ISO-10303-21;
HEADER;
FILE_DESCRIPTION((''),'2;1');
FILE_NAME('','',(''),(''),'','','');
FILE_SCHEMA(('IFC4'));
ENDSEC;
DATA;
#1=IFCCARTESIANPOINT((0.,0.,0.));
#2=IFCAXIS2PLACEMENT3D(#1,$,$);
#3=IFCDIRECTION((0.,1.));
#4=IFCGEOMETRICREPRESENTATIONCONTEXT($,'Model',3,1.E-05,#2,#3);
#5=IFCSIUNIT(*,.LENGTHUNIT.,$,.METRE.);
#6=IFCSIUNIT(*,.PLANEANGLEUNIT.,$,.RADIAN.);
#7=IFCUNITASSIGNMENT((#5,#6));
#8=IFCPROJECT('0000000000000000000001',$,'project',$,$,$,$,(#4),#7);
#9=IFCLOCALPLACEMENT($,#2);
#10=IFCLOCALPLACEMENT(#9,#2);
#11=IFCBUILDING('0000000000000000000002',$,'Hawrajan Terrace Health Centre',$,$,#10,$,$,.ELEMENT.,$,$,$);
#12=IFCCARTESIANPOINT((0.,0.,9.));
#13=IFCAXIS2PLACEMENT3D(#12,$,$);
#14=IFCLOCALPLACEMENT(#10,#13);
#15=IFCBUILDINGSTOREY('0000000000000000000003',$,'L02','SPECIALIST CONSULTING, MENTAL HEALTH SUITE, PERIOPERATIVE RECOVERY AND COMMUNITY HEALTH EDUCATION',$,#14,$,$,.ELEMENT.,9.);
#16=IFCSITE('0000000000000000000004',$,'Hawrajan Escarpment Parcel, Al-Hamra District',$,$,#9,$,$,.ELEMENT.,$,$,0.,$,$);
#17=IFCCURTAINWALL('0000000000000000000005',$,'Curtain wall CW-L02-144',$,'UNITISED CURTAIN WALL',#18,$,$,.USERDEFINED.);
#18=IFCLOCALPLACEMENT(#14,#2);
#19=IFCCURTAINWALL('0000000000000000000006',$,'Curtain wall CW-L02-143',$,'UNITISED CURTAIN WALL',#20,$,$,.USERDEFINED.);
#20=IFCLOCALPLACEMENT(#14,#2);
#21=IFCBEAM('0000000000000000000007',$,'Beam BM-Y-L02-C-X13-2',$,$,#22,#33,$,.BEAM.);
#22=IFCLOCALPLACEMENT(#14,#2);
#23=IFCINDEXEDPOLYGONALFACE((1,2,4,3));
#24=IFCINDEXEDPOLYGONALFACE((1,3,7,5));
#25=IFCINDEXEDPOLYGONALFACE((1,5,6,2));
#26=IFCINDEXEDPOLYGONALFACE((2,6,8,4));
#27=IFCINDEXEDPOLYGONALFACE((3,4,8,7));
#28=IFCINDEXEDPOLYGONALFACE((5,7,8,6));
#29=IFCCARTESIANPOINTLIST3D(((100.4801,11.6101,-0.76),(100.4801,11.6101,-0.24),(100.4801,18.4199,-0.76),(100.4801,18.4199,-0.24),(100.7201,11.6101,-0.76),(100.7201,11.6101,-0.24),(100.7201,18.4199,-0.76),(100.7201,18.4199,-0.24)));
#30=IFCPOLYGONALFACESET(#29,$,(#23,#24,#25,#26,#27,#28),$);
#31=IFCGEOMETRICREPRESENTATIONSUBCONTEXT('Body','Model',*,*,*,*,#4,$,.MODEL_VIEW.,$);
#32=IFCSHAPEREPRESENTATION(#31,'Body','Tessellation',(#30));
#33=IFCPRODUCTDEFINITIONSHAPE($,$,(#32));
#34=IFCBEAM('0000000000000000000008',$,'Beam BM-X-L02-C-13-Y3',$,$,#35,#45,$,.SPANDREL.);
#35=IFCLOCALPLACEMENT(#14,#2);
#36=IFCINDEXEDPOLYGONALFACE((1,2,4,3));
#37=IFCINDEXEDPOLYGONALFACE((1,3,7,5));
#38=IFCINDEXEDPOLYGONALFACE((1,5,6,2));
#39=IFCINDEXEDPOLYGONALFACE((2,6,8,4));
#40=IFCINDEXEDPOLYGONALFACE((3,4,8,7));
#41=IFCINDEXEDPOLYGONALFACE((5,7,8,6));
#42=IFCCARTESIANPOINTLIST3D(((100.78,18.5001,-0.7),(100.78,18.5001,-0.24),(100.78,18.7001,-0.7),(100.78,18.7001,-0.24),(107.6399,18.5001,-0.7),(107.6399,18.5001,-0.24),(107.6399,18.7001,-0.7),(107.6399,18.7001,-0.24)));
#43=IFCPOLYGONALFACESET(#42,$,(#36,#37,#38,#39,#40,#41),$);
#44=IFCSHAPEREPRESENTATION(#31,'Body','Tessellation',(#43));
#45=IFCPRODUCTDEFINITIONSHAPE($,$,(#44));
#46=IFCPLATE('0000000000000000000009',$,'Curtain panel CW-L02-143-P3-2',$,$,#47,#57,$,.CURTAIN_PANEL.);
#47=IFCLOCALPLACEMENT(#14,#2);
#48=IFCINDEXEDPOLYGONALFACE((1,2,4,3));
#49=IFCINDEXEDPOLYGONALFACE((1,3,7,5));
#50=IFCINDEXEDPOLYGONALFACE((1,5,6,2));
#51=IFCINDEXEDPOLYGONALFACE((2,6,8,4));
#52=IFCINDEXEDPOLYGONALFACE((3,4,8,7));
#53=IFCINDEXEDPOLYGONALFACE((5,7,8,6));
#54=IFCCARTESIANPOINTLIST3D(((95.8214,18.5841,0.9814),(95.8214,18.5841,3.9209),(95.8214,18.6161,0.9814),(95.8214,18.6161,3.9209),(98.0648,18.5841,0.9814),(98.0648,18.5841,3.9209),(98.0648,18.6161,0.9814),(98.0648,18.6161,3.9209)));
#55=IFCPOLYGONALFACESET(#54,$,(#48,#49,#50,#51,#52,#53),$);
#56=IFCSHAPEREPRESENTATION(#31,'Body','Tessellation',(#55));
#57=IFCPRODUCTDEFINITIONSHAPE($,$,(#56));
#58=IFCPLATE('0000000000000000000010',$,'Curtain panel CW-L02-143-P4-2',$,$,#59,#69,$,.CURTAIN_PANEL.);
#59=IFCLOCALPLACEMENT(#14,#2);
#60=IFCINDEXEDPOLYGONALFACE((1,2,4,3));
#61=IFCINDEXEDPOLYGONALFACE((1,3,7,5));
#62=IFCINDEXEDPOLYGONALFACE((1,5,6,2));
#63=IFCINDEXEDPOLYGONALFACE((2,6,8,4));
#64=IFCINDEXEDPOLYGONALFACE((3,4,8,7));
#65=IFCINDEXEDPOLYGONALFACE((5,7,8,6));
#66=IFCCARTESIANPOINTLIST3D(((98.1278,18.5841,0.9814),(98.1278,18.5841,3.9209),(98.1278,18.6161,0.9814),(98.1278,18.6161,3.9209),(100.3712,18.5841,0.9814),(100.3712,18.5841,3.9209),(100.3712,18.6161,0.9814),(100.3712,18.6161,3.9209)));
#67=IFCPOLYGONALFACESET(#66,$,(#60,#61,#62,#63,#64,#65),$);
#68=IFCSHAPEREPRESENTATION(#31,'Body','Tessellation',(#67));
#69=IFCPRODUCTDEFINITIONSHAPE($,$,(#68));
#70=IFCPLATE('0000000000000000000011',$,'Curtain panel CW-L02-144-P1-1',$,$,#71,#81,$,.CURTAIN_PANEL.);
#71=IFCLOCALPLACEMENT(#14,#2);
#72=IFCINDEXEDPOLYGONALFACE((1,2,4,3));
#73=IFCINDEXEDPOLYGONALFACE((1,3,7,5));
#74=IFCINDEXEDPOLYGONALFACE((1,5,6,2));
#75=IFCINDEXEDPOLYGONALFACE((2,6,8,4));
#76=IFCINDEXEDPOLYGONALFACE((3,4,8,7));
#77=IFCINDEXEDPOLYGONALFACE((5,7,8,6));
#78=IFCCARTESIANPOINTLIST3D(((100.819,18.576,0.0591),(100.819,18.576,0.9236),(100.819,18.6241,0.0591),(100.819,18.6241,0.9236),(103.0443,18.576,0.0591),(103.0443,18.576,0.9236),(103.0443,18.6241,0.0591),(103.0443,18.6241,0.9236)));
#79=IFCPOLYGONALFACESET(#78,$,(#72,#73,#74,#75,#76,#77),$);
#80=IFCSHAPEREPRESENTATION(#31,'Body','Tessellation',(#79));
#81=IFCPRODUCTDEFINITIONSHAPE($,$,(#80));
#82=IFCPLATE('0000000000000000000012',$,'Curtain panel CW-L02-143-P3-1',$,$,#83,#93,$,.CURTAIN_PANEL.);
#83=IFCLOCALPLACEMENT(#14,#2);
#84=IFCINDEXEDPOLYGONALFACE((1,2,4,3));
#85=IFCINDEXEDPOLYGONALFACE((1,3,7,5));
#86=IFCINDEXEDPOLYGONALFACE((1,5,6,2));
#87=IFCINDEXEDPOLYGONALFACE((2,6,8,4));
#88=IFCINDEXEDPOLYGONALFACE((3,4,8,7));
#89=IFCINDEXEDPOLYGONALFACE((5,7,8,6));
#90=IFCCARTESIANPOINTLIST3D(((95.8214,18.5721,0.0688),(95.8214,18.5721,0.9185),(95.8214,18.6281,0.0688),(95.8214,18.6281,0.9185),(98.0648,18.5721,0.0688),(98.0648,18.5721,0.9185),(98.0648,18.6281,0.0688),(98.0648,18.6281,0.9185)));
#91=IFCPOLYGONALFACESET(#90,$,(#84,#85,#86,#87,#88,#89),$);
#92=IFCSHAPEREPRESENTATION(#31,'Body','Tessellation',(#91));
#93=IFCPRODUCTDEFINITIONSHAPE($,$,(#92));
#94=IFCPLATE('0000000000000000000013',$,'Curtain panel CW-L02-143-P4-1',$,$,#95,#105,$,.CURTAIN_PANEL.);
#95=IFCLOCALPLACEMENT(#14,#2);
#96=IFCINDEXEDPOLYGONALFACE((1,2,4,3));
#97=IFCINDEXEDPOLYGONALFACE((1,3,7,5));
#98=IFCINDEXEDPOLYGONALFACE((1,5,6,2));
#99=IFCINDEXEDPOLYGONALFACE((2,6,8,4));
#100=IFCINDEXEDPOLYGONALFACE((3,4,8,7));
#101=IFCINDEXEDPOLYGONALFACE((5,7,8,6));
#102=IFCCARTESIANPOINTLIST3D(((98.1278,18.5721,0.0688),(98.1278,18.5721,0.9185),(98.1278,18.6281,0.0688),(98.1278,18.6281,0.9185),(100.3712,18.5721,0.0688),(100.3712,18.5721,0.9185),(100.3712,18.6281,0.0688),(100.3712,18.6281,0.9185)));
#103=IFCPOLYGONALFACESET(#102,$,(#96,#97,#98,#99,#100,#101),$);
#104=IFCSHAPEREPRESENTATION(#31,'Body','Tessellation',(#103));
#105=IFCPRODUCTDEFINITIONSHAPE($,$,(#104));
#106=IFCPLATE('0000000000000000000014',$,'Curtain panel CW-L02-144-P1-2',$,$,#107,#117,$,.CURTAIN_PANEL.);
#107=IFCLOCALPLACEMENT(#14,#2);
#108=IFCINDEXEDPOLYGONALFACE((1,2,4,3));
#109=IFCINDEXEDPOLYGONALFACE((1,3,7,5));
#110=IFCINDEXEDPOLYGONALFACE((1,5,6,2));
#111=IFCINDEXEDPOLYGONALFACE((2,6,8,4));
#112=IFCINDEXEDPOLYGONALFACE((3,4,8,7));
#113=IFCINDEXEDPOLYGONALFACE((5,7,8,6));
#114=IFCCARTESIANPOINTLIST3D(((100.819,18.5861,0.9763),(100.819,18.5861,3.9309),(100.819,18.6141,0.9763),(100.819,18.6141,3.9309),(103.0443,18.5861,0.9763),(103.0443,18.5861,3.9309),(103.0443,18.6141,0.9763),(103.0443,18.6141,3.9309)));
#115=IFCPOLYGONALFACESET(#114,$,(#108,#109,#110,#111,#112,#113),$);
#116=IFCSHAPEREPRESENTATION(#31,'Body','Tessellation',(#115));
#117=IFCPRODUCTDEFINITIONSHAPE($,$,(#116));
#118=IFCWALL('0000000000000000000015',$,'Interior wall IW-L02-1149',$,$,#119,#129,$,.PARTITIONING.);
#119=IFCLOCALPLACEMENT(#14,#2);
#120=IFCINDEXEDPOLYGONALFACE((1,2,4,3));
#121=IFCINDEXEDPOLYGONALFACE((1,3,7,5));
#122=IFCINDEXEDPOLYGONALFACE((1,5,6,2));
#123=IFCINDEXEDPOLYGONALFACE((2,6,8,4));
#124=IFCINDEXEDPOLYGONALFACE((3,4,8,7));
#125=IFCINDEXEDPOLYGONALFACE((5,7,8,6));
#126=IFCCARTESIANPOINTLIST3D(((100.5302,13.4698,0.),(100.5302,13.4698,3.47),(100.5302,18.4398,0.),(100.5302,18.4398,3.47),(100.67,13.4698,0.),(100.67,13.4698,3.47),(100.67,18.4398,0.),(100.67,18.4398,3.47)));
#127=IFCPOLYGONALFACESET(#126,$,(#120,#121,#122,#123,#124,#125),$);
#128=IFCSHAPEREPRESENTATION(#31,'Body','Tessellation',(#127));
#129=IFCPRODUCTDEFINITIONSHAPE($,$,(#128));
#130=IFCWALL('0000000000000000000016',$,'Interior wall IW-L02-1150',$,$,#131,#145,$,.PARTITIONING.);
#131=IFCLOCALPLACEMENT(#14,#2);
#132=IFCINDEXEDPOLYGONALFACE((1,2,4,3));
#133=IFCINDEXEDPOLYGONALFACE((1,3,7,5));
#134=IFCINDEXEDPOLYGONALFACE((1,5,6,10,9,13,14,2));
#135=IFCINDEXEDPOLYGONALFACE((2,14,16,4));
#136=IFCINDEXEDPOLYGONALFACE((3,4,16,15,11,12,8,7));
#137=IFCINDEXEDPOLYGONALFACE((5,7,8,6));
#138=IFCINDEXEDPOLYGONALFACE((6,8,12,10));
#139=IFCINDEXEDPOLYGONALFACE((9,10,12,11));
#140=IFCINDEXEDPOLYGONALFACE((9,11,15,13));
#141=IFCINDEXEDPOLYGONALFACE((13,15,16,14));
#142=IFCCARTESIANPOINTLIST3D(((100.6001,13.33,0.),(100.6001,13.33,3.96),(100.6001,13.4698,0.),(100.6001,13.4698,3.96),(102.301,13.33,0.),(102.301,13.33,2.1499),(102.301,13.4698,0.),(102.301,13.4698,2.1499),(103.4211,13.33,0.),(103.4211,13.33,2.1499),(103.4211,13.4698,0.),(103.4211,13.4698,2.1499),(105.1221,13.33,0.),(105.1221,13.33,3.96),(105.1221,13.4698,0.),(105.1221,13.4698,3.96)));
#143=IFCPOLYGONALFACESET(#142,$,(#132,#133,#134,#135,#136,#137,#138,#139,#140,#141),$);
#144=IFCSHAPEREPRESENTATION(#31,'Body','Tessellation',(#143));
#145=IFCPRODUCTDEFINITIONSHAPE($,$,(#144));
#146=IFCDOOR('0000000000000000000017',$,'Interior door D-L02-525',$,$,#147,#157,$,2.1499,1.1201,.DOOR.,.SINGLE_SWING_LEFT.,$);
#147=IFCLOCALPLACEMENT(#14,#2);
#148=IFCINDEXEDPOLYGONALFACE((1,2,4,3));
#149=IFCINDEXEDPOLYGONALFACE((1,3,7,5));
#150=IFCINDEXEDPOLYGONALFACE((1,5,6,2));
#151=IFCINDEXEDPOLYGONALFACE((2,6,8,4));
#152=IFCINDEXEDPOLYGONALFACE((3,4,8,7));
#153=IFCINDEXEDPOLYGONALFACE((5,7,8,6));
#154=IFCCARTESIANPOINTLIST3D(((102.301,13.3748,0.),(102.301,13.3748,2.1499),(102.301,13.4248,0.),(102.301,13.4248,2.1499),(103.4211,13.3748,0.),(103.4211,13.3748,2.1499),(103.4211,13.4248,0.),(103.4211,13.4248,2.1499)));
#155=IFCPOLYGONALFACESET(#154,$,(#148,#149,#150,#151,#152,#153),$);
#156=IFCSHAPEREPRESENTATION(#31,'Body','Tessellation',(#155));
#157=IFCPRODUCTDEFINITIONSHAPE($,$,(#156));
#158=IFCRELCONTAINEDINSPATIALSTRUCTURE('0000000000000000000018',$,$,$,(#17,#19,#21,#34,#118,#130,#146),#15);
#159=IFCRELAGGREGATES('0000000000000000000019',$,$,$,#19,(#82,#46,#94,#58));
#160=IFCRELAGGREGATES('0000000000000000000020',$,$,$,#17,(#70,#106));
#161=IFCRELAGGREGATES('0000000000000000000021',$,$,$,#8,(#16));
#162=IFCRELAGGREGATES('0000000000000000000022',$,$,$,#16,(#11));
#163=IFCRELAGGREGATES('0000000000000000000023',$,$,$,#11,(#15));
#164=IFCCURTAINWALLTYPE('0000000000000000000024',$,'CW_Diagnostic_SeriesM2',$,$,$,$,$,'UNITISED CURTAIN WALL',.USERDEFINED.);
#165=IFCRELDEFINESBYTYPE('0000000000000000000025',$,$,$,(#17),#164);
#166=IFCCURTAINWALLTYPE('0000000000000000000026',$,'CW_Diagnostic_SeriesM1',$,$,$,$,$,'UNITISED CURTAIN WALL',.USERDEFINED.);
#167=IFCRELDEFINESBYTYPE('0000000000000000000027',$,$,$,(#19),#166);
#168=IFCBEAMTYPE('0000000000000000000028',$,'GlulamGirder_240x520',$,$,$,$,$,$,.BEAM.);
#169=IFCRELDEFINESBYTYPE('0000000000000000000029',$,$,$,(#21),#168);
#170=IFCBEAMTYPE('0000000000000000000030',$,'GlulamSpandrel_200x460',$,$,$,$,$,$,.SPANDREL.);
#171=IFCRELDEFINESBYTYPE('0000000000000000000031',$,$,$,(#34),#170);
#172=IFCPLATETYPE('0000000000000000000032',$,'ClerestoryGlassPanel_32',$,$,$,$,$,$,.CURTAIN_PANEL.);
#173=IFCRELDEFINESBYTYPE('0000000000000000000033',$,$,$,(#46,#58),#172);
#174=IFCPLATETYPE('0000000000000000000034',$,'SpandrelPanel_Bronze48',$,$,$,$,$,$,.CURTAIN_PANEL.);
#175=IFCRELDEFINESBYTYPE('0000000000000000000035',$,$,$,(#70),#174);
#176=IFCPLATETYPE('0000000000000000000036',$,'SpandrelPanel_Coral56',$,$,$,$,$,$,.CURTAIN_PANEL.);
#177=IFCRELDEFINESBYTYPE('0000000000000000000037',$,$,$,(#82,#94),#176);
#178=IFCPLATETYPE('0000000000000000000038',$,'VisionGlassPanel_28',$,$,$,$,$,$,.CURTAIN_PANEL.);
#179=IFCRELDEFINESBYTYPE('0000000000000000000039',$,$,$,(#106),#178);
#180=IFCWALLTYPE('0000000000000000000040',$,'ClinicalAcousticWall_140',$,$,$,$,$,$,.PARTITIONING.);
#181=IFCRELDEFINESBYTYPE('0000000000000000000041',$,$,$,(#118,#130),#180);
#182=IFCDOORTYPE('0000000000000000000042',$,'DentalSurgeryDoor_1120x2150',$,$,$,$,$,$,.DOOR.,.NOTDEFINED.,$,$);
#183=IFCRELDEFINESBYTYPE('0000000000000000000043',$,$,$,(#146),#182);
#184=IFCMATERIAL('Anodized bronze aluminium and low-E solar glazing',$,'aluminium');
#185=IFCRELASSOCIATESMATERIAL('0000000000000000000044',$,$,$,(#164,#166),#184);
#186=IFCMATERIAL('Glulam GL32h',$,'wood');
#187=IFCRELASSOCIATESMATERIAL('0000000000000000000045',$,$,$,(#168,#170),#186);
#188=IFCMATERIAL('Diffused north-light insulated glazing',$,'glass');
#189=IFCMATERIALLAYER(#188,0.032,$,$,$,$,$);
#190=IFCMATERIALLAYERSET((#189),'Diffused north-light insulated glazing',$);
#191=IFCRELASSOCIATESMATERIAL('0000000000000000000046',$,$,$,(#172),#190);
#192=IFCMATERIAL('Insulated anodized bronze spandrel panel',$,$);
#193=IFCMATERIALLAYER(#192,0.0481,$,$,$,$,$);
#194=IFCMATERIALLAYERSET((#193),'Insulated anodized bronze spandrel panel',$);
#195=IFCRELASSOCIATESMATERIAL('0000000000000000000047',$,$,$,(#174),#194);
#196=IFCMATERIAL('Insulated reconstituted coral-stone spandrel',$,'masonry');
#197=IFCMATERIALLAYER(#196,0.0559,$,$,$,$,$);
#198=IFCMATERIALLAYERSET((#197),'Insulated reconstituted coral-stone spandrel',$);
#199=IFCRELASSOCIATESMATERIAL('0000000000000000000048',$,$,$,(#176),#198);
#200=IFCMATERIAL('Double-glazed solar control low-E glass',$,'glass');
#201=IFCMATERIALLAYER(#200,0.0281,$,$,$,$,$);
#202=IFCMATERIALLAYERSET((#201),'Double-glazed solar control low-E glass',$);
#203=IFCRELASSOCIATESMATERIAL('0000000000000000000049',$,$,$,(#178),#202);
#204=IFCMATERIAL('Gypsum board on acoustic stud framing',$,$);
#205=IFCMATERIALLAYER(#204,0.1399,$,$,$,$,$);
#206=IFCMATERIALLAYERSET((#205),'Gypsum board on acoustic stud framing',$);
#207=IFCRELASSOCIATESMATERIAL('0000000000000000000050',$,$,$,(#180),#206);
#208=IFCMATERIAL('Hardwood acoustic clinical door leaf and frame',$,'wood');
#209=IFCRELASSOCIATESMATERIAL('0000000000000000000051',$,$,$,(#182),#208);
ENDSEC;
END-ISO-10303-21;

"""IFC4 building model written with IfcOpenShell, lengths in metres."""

from ifc_helpers import new_model, si_unit, direction, frame, frame_2d, origin, origin_2d, place, context, subcontext, project, spatial, rectangle, extrude, material, layer, layer_set, material_profile, profile_set, type_object, element, fill, aggregate, save


model = new_model("IFC4")

# Units and contexts
model_context = context("Model", 3, precision=1e-05, world=origin(), true_north=direction((0.0, 1.0)))
body_context = subcontext(model_context, "Body", "Model", "MODEL_VIEW")
ifc_project = project(units=[si_unit("LENGTHUNIT", "METRE"), si_unit("PLANEANGLEUNIT", "RADIAN")], contexts=[model_context])

# Site, building, storey
site_placement = place(None, origin())
site = spatial("IfcSite", under=ifc_project, at=site_placement, Name="Hawrajan Escarpment Parcel, Al-Hamra District", CompositionType="ELEMENT", RefElevation=0.0)
building_placement = place(site_placement, origin())
building = spatial("IfcBuilding", under=site, at=building_placement, Name="Hawrajan Terrace Health Centre", CompositionType="ELEMENT")
storey_placement = place(building_placement, frame((0.0, 0.0, 9.0)))
storey = spatial("IfcBuildingStorey", under=building, at=storey_placement, Name="L02", Description="SPECIALIST CONSULTING, MENTAL HEALTH SUITE, PERIOPERATIVE RECOVERY AND COMMUNITY HEALTH EDUCATION", CompositionType="ELEMENT", Elevation=9.0)

# Shared definitions
ifc_material_1 = material(Name="Glulam GL32h", Category="wood")

# Curtain wall
ifc_material_2 = material(Name="Anodized bronze aluminium and low-E solar glazing", Category="aluminium")
curtain_wall_type_1 = type_object("IfcCurtainWallType", Name="CW_Diagnostic_SeriesM2", ElementType="UNITISED CURTAIN WALL", PredefinedType="USERDEFINED", material=ifc_material_2)
curtain_wall_1_placement = place(storey_placement, origin())
curtain_wall_1 = element("IfcCurtainWall", 1, at=curtain_wall_1_placement, inside=storey, type_object=curtain_wall_type_1, Name="Curtain wall CW-L02-144", ObjectType="UNITISED CURTAIN WALL", PredefinedType="USERDEFINED")

# Curtain wall
curtain_wall_type_2 = type_object("IfcCurtainWallType", Name="CW_Diagnostic_SeriesM1", ElementType="UNITISED CURTAIN WALL", PredefinedType="USERDEFINED", material=ifc_material_2)
curtain_wall_2_placement = place(storey_placement, origin())
curtain_wall_2 = element("IfcCurtainWall", 2, at=curtain_wall_2_placement, inside=storey, type_object=curtain_wall_type_2, Name="Curtain wall CW-L02-143", ObjectType="UNITISED CURTAIN WALL", PredefinedType="USERDEFINED")

# Beams
ifc_material_profile_1 = material_profile(ifc_material_1, rectangle(XDim=0.24, YDim=0.52, at=origin_2d()), Name="GL BM 240x520")
ifc_profile_set_1 = profile_set([ifc_material_profile_1], Name="Glulam GL32h")
beam_type_1 = type_object("IfcBeamType", Name="GlulamGirder_240x520", PredefinedType="BEAM", material=ifc_profile_set_1)
beam_1_placement = place(storey_placement, frame((100.6001, 11.6101, -0.5), z_axis=(0.0, 1.0, 0.0), x_axis=(-1.0, 0.0, 0.0)))
element("IfcBeam", 3, at=beam_1_placement, inside=storey, type_object=beam_type_1, Name="Beam BM-Y-L02-C-X13-2", PredefinedType="BEAM", context=body_context, shape_type="SweptSolid", body=[
    extrude(rectangle(XDim=0.24, YDim=0.52, at=origin_2d()), origin(), (0.0, 0.0, 1.0), 6.8098),
])
ifc_material_profile_2 = material_profile(ifc_material_1, rectangle(XDim=0.2, YDim=0.46, at=origin_2d()), Name="GL SP 200x460")
ifc_profile_set_2 = profile_set([ifc_material_profile_2], Name="Glulam GL32h")
beam_type_2 = type_object("IfcBeamType", Name="GlulamSpandrel_200x460", PredefinedType="SPANDREL", material=ifc_profile_set_2)
beam_2_placement = place(storey_placement, frame((100.78, 18.6001, -0.47), z_axis=(1.0, 0.0, 0.0), x_axis=(0.0, 1.0, 0.0)))
element("IfcBeam", 4, at=beam_2_placement, inside=storey, type_object=beam_type_2, Name="Beam BM-X-L02-C-13-Y3", PredefinedType="SPANDREL", context=body_context, shape_type="SweptSolid", body=[
    extrude(rectangle(XDim=0.2, YDim=0.46, at=origin_2d()), origin(), (0.0, 0.0, 1.0), 6.8599),
])

# Plates
ifc_material_3 = material(Name="Diffused north-light insulated glazing", Category="glass")
ifc_layer_1 = layer(ifc_material_3, 0.032)
ifc_layer_set_1 = layer_set([ifc_layer_1], Name="Diffused north-light insulated glazing")
plate_type_1 = type_object("IfcPlateType", Name="ClerestoryGlassPanel_32", PredefinedType="CURTAIN_PANEL", material=ifc_layer_set_1)
plate_1_placement = place(storey_placement, frame((96.9431, 18.6001, 0.9814), z_axis=(0.0, 0.0, 1.0), x_axis=(1.0, 0.0, 0.0)))
plate_1 = element("IfcPlate", 5, at=plate_1_placement, type_object=plate_type_1, Name="Curtain panel CW-L02-143-P3-2", PredefinedType="CURTAIN_PANEL", context=body_context, shape_type="SweptSolid", body=[
    extrude(rectangle(XDim=2.2434, YDim=0.032, at=origin_2d()), origin(), (0.0, 0.0, 1.0), 2.9395),
])
plate_2_placement = place(storey_placement, frame((99.2495, 18.6001, 0.9814), z_axis=(0.0, 0.0, 1.0), x_axis=(1.0, 0.0, 0.0)))
plate_2 = element("IfcPlate", 6, at=plate_2_placement, type_object=plate_type_1, Name="Curtain panel CW-L02-143-P4-2", PredefinedType="CURTAIN_PANEL", context=body_context, shape_type="SweptSolid", body=[
    extrude(rectangle(XDim=2.2434, YDim=0.032, at=origin_2d()), origin(), (0.0, 0.0, 1.0), 2.9395),
])
ifc_material_4 = material(Name="Insulated anodized bronze spandrel panel")
ifc_layer_2 = layer(ifc_material_4, 0.0481)
ifc_layer_set_2 = layer_set([ifc_layer_2], Name="Insulated anodized bronze spandrel panel")
plate_type_2 = type_object("IfcPlateType", Name="SpandrelPanel_Bronze48", PredefinedType="CURTAIN_PANEL", material=ifc_layer_set_2)
plate_3_placement = place(storey_placement, frame((101.9316, 18.6001, 0.0591), z_axis=(0.0, 0.0, 1.0), x_axis=(1.0, 0.0, 0.0)))
plate_3 = element("IfcPlate", 7, at=plate_3_placement, type_object=plate_type_2, Name="Curtain panel CW-L02-144-P1-1", PredefinedType="CURTAIN_PANEL", context=body_context, shape_type="SweptSolid", body=[
    extrude(rectangle(XDim=2.2253, YDim=0.0481, at=origin_2d()), origin(), (0.0, 0.0, 1.0), 0.8645),
])
ifc_material_5 = material(Name="Insulated reconstituted coral-stone spandrel", Category="masonry")
ifc_layer_3 = layer(ifc_material_5, 0.0559)
ifc_layer_set_3 = layer_set([ifc_layer_3], Name="Insulated reconstituted coral-stone spandrel")
plate_type_3 = type_object("IfcPlateType", Name="SpandrelPanel_Coral56", PredefinedType="CURTAIN_PANEL", material=ifc_layer_set_3)
plate_4_placement = place(storey_placement, frame((96.9431, 18.6001, 0.0688), z_axis=(0.0, 0.0, 1.0), x_axis=(1.0, 0.0, 0.0)))
plate_4 = element("IfcPlate", 8, at=plate_4_placement, type_object=plate_type_3, Name="Curtain panel CW-L02-143-P3-1", PredefinedType="CURTAIN_PANEL", context=body_context, shape_type="SweptSolid", body=[
    extrude(rectangle(XDim=2.2434, YDim=0.0559, at=origin_2d()), origin(), (0.0, 0.0, 1.0), 0.8496),
])
plate_5_placement = place(storey_placement, frame((99.2495, 18.6001, 0.0688), z_axis=(0.0, 0.0, 1.0), x_axis=(1.0, 0.0, 0.0)))
plate_5 = element("IfcPlate", 9, at=plate_5_placement, type_object=plate_type_3, Name="Curtain panel CW-L02-143-P4-1", PredefinedType="CURTAIN_PANEL", context=body_context, shape_type="SweptSolid", body=[
    extrude(rectangle(XDim=2.2434, YDim=0.0559, at=origin_2d()), origin(), (0.0, 0.0, 1.0), 0.8496),
])
aggregate(curtain_wall_2, [plate_4, plate_1, plate_5, plate_2])
ifc_material_6 = material(Name="Double-glazed solar control low-E glass", Category="glass")
ifc_layer_4 = layer(ifc_material_6, 0.0281)
ifc_layer_set_4 = layer_set([ifc_layer_4], Name="Double-glazed solar control low-E glass")
plate_type_4 = type_object("IfcPlateType", Name="VisionGlassPanel_28", PredefinedType="CURTAIN_PANEL", material=ifc_layer_set_4)
plate_6_placement = place(storey_placement, frame((101.9316, 18.6001, 0.9763), z_axis=(0.0, 0.0, 1.0), x_axis=(1.0, 0.0, 0.0)))
plate_6 = element("IfcPlate", 10, at=plate_6_placement, type_object=plate_type_4, Name="Curtain panel CW-L02-144-P1-2", PredefinedType="CURTAIN_PANEL", context=body_context, shape_type="SweptSolid", body=[
    extrude(rectangle(XDim=2.2253, YDim=0.0281, at=origin_2d()), origin(), (0.0, 0.0, 1.0), 2.9546),
])
aggregate(curtain_wall_1, [plate_3, plate_6])

# Wall
ifc_material_7 = material(Name="Gypsum board on acoustic stud framing")
ifc_layer_5 = layer(ifc_material_7, 0.1399)
ifc_layer_set_5 = layer_set([ifc_layer_5], Name="Gypsum board on acoustic stud framing")
wall_type = type_object("IfcWallType", Name="ClinicalAcousticWall_140", PredefinedType="PARTITIONING", material=ifc_layer_set_5)
wall_1_placement = place(storey_placement, frame((100.6001, 13.47, 0.0), z_axis=(0.0, 0.0, 1.0), x_axis=(0.0, 1.0, 0.0)))
element("IfcWall", 11, at=wall_1_placement, inside=storey, type_object=wall_type, Name="Interior wall IW-L02-1149", PredefinedType="PARTITIONING", context=body_context, shape_type="SweptSolid", body=[
    extrude(rectangle(XDim=4.97, YDim=0.1399, at=frame_2d((2.4849, 0.0))), origin(), (0.0, 0.0, 1.0), 3.47),
])

# Wall, opening, door
wall_2_placement = place(storey_placement, frame((100.6001, 13.3999, 0.0), z_axis=(0.0, 0.0, 1.0), x_axis=(1.0, 0.0, 0.0)))
wall_2 = element("IfcWall", 12, at=wall_2_placement, inside=storey, type_object=wall_type, Name="Interior wall IW-L02-1150", PredefinedType="PARTITIONING", context=body_context, shape_type="SweptSolid", body=[
    extrude(rectangle(XDim=4.522, YDim=0.1399, at=frame_2d((2.261, 0.0))), origin(), (0.0, 0.0, 1.0), 3.96),
])
opening_placement = place(wall_2_placement, frame((1.7009, 0.0, 0.0)))
opening = element("IfcOpeningElement", 13, at=opening_placement, cuts=wall_2, PredefinedType="OPENING", context=body_context, shape_type="SweptSolid", body=[
    extrude(rectangle(XDim=1.1201, YDim=2.1499, at=frame_2d((0.5601, 1.075))), frame((0.0, 0.0798, 0.0), z_axis=(0.0, -1.0, 0.0), x_axis=(1.0, 0.0, 0.0)), (0.0, 0.0, 1.0), 0.1599),
])
ifc_material_8 = material(Name="Hardwood acoustic clinical door leaf and frame", Category="wood")
door_type = type_object("IfcDoorType", Name="DentalSurgeryDoor_1120x2150", OperationType="NOTDEFINED", PredefinedType="DOOR", material=ifc_material_8)
door_placement = place(opening_placement, origin())
door = element("IfcDoor", 14, at=door_placement, inside=storey, type_object=door_type, Name="Interior door D-L02-525", OperationType="SINGLE_SWING_LEFT", OverallHeight=2.1499, OverallWidth=1.1201, PredefinedType="DOOR", context=body_context, shape_type="SweptSolid", body=[
    extrude(rectangle(XDim=1.1201, YDim=2.1499, at=frame_2d((0.5601, 1.075))), frame((0.0, 0.0249, 0.0), z_axis=(0.0, -1.0, 0.0), x_axis=(1.0, 0.0, 0.0)), (0.0, 0.0, 1.0), 0.05),
])
fill(opening, door)

save(model, "model.ifc")
